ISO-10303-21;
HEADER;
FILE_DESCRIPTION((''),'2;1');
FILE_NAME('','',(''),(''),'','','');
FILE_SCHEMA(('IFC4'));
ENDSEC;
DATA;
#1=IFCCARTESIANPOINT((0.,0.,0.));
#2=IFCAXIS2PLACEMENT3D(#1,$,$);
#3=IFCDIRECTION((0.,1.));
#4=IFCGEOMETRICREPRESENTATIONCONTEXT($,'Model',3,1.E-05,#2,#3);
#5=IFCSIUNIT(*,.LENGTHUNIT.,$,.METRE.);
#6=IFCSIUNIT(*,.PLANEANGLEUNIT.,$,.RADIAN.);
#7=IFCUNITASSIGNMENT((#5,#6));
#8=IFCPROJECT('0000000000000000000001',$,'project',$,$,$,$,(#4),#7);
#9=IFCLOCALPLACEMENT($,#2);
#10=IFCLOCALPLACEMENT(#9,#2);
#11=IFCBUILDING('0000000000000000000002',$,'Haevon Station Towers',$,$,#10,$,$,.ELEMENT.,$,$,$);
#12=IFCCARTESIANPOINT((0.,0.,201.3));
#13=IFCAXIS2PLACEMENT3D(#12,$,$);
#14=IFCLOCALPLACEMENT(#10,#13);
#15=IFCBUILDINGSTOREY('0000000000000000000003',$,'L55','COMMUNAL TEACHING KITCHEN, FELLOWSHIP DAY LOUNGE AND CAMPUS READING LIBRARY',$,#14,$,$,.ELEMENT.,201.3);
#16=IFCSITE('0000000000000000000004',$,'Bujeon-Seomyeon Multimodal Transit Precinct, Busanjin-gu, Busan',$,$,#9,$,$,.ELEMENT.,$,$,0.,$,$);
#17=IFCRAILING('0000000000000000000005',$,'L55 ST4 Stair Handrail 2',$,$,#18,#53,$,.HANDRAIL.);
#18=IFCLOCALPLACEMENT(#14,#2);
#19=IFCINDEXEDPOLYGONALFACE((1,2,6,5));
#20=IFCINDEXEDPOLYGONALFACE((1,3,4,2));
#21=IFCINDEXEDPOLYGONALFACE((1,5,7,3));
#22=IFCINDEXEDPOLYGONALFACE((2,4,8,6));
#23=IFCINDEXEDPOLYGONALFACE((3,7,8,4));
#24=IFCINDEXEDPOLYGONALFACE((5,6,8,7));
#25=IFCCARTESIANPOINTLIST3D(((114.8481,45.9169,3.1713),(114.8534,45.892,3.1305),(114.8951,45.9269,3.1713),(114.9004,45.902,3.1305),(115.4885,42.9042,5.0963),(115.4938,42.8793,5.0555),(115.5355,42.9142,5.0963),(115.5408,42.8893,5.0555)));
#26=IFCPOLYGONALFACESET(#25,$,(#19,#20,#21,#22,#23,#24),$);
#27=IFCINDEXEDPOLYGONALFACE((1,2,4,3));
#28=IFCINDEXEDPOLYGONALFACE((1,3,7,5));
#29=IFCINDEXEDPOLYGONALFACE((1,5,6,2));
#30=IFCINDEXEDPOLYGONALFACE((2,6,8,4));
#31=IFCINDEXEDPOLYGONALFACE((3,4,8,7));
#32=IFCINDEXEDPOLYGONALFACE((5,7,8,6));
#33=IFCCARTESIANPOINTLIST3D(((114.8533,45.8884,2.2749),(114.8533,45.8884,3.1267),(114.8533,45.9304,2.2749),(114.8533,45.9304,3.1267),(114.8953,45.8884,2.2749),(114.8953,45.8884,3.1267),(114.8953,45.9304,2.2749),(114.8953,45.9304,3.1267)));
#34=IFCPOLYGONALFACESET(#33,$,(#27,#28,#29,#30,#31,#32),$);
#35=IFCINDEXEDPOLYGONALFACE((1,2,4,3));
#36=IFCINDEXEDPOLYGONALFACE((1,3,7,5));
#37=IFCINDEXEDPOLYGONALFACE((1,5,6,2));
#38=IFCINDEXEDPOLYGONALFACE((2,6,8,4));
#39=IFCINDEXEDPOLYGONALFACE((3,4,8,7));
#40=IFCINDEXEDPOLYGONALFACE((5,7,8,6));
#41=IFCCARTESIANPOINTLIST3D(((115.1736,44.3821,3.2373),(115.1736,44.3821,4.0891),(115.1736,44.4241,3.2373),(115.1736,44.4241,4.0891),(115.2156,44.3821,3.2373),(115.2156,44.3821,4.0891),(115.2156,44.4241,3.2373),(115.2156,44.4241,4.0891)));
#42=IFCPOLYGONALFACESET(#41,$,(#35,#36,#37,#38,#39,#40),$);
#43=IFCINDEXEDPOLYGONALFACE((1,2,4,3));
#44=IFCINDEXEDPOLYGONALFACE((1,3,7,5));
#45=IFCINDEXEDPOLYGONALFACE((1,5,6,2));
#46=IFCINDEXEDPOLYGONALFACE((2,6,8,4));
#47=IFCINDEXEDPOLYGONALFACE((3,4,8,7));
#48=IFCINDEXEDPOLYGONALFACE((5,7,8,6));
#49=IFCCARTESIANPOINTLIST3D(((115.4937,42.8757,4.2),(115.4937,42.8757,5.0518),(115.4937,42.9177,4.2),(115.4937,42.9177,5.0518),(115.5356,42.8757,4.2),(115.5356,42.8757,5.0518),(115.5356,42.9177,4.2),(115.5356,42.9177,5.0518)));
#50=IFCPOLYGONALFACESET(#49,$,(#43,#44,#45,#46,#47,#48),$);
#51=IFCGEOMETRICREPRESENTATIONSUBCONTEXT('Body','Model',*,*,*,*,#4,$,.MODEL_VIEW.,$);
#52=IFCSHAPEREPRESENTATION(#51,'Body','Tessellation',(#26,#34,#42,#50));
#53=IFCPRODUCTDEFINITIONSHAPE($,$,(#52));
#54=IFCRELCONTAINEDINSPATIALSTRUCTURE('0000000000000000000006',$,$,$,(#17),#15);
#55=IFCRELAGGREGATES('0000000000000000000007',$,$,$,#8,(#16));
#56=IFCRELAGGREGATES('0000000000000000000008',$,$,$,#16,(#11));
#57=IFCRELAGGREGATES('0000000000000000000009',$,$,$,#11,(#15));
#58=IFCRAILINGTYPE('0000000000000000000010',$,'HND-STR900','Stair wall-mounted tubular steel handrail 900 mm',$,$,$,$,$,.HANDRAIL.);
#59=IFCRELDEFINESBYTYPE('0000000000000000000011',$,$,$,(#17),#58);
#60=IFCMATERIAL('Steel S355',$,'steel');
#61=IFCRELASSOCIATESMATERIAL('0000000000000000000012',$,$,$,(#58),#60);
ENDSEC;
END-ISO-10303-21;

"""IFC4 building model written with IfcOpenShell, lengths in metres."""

from ifc_helpers import new_model, si_unit, direction, frame, origin, origin_2d, place, context, subcontext, project, spatial, rectangle, extrude, material, type_object, element, save


model = new_model("IFC4")

# Units and contexts
model_context = context("Model", 3, precision=1e-05, world=origin(), true_north=direction((0.0, 1.0)))
body_context = subcontext(model_context, "Body", "Model", "MODEL_VIEW")
ifc_project = project(units=[si_unit("LENGTHUNIT", "METRE"), si_unit("PLANEANGLEUNIT", "RADIAN")], contexts=[model_context])

# Site, building, storey
site_placement = place(None, origin())
site = spatial("IfcSite", under=ifc_project, at=site_placement, Name="Bujeon-Seomyeon Multimodal Transit Precinct, Busanjin-gu, Busan", CompositionType="ELEMENT", RefElevation=0.0)
building_placement = place(site_placement, origin())
building = spatial("IfcBuilding", under=site, at=building_placement, Name="Haevon Station Towers", CompositionType="ELEMENT")
storey_placement = place(building_placement, frame((0.0, 0.0, 201.3)))
storey = spatial("IfcBuildingStorey", under=building, at=storey_placement, Name="L55", Description="COMMUNAL TEACHING KITCHEN, FELLOWSHIP DAY LOUNGE AND CAMPUS READING LIBRARY", CompositionType="ELEMENT", Elevation=201.3)

# Shared definitions
ifc_material_1 = material(Name="Steel S355", Category="steel")

# Railing
railing_type_1 = type_object("IfcRailingType", Name="HND-STR900", Description="Stair wall-mounted tubular steel handrail 900 mm", PredefinedType="HANDRAIL", material=ifc_material_1)
railing_1_placement = place(storey_placement, frame((114.8743, 45.9094, 2.2749)))
element("IfcRailing", 1, at=railing_1_placement, inside=storey, type_object=railing_type_1, Name="L55 ST4 Stair Handrail 2", PredefinedType="HANDRAIL", context=body_context, shape_type="SweptSolid", body=[
    extrude(rectangle(XDim=0.0481, YDim=0.0481, at=origin_2d()), frame((0.0, 0.0, 0.876), z_axis=(0.176311, -0.829461, 0.530008), x_axis=(0.978147, 0.207916, 0.0)), (0.0, 0.0, 1.0), 3.6321),
    extrude(rectangle(XDim=0.042, YDim=0.042, at=origin_2d()), origin(), (0.0, 0.0, 1.0), 0.8518),
    extrude(rectangle(XDim=0.042, YDim=0.042, at=origin_2d()), frame((0.3203, -1.5063, 0.9624)), (0.0, 0.0, 1.0), 0.8518),
    extrude(rectangle(XDim=0.042, YDim=0.042, at=origin_2d()), frame((0.6404, -3.0127, 1.925)), (0.0, 0.0, 1.0), 0.8518),
])

save(model, "model.ifc")
